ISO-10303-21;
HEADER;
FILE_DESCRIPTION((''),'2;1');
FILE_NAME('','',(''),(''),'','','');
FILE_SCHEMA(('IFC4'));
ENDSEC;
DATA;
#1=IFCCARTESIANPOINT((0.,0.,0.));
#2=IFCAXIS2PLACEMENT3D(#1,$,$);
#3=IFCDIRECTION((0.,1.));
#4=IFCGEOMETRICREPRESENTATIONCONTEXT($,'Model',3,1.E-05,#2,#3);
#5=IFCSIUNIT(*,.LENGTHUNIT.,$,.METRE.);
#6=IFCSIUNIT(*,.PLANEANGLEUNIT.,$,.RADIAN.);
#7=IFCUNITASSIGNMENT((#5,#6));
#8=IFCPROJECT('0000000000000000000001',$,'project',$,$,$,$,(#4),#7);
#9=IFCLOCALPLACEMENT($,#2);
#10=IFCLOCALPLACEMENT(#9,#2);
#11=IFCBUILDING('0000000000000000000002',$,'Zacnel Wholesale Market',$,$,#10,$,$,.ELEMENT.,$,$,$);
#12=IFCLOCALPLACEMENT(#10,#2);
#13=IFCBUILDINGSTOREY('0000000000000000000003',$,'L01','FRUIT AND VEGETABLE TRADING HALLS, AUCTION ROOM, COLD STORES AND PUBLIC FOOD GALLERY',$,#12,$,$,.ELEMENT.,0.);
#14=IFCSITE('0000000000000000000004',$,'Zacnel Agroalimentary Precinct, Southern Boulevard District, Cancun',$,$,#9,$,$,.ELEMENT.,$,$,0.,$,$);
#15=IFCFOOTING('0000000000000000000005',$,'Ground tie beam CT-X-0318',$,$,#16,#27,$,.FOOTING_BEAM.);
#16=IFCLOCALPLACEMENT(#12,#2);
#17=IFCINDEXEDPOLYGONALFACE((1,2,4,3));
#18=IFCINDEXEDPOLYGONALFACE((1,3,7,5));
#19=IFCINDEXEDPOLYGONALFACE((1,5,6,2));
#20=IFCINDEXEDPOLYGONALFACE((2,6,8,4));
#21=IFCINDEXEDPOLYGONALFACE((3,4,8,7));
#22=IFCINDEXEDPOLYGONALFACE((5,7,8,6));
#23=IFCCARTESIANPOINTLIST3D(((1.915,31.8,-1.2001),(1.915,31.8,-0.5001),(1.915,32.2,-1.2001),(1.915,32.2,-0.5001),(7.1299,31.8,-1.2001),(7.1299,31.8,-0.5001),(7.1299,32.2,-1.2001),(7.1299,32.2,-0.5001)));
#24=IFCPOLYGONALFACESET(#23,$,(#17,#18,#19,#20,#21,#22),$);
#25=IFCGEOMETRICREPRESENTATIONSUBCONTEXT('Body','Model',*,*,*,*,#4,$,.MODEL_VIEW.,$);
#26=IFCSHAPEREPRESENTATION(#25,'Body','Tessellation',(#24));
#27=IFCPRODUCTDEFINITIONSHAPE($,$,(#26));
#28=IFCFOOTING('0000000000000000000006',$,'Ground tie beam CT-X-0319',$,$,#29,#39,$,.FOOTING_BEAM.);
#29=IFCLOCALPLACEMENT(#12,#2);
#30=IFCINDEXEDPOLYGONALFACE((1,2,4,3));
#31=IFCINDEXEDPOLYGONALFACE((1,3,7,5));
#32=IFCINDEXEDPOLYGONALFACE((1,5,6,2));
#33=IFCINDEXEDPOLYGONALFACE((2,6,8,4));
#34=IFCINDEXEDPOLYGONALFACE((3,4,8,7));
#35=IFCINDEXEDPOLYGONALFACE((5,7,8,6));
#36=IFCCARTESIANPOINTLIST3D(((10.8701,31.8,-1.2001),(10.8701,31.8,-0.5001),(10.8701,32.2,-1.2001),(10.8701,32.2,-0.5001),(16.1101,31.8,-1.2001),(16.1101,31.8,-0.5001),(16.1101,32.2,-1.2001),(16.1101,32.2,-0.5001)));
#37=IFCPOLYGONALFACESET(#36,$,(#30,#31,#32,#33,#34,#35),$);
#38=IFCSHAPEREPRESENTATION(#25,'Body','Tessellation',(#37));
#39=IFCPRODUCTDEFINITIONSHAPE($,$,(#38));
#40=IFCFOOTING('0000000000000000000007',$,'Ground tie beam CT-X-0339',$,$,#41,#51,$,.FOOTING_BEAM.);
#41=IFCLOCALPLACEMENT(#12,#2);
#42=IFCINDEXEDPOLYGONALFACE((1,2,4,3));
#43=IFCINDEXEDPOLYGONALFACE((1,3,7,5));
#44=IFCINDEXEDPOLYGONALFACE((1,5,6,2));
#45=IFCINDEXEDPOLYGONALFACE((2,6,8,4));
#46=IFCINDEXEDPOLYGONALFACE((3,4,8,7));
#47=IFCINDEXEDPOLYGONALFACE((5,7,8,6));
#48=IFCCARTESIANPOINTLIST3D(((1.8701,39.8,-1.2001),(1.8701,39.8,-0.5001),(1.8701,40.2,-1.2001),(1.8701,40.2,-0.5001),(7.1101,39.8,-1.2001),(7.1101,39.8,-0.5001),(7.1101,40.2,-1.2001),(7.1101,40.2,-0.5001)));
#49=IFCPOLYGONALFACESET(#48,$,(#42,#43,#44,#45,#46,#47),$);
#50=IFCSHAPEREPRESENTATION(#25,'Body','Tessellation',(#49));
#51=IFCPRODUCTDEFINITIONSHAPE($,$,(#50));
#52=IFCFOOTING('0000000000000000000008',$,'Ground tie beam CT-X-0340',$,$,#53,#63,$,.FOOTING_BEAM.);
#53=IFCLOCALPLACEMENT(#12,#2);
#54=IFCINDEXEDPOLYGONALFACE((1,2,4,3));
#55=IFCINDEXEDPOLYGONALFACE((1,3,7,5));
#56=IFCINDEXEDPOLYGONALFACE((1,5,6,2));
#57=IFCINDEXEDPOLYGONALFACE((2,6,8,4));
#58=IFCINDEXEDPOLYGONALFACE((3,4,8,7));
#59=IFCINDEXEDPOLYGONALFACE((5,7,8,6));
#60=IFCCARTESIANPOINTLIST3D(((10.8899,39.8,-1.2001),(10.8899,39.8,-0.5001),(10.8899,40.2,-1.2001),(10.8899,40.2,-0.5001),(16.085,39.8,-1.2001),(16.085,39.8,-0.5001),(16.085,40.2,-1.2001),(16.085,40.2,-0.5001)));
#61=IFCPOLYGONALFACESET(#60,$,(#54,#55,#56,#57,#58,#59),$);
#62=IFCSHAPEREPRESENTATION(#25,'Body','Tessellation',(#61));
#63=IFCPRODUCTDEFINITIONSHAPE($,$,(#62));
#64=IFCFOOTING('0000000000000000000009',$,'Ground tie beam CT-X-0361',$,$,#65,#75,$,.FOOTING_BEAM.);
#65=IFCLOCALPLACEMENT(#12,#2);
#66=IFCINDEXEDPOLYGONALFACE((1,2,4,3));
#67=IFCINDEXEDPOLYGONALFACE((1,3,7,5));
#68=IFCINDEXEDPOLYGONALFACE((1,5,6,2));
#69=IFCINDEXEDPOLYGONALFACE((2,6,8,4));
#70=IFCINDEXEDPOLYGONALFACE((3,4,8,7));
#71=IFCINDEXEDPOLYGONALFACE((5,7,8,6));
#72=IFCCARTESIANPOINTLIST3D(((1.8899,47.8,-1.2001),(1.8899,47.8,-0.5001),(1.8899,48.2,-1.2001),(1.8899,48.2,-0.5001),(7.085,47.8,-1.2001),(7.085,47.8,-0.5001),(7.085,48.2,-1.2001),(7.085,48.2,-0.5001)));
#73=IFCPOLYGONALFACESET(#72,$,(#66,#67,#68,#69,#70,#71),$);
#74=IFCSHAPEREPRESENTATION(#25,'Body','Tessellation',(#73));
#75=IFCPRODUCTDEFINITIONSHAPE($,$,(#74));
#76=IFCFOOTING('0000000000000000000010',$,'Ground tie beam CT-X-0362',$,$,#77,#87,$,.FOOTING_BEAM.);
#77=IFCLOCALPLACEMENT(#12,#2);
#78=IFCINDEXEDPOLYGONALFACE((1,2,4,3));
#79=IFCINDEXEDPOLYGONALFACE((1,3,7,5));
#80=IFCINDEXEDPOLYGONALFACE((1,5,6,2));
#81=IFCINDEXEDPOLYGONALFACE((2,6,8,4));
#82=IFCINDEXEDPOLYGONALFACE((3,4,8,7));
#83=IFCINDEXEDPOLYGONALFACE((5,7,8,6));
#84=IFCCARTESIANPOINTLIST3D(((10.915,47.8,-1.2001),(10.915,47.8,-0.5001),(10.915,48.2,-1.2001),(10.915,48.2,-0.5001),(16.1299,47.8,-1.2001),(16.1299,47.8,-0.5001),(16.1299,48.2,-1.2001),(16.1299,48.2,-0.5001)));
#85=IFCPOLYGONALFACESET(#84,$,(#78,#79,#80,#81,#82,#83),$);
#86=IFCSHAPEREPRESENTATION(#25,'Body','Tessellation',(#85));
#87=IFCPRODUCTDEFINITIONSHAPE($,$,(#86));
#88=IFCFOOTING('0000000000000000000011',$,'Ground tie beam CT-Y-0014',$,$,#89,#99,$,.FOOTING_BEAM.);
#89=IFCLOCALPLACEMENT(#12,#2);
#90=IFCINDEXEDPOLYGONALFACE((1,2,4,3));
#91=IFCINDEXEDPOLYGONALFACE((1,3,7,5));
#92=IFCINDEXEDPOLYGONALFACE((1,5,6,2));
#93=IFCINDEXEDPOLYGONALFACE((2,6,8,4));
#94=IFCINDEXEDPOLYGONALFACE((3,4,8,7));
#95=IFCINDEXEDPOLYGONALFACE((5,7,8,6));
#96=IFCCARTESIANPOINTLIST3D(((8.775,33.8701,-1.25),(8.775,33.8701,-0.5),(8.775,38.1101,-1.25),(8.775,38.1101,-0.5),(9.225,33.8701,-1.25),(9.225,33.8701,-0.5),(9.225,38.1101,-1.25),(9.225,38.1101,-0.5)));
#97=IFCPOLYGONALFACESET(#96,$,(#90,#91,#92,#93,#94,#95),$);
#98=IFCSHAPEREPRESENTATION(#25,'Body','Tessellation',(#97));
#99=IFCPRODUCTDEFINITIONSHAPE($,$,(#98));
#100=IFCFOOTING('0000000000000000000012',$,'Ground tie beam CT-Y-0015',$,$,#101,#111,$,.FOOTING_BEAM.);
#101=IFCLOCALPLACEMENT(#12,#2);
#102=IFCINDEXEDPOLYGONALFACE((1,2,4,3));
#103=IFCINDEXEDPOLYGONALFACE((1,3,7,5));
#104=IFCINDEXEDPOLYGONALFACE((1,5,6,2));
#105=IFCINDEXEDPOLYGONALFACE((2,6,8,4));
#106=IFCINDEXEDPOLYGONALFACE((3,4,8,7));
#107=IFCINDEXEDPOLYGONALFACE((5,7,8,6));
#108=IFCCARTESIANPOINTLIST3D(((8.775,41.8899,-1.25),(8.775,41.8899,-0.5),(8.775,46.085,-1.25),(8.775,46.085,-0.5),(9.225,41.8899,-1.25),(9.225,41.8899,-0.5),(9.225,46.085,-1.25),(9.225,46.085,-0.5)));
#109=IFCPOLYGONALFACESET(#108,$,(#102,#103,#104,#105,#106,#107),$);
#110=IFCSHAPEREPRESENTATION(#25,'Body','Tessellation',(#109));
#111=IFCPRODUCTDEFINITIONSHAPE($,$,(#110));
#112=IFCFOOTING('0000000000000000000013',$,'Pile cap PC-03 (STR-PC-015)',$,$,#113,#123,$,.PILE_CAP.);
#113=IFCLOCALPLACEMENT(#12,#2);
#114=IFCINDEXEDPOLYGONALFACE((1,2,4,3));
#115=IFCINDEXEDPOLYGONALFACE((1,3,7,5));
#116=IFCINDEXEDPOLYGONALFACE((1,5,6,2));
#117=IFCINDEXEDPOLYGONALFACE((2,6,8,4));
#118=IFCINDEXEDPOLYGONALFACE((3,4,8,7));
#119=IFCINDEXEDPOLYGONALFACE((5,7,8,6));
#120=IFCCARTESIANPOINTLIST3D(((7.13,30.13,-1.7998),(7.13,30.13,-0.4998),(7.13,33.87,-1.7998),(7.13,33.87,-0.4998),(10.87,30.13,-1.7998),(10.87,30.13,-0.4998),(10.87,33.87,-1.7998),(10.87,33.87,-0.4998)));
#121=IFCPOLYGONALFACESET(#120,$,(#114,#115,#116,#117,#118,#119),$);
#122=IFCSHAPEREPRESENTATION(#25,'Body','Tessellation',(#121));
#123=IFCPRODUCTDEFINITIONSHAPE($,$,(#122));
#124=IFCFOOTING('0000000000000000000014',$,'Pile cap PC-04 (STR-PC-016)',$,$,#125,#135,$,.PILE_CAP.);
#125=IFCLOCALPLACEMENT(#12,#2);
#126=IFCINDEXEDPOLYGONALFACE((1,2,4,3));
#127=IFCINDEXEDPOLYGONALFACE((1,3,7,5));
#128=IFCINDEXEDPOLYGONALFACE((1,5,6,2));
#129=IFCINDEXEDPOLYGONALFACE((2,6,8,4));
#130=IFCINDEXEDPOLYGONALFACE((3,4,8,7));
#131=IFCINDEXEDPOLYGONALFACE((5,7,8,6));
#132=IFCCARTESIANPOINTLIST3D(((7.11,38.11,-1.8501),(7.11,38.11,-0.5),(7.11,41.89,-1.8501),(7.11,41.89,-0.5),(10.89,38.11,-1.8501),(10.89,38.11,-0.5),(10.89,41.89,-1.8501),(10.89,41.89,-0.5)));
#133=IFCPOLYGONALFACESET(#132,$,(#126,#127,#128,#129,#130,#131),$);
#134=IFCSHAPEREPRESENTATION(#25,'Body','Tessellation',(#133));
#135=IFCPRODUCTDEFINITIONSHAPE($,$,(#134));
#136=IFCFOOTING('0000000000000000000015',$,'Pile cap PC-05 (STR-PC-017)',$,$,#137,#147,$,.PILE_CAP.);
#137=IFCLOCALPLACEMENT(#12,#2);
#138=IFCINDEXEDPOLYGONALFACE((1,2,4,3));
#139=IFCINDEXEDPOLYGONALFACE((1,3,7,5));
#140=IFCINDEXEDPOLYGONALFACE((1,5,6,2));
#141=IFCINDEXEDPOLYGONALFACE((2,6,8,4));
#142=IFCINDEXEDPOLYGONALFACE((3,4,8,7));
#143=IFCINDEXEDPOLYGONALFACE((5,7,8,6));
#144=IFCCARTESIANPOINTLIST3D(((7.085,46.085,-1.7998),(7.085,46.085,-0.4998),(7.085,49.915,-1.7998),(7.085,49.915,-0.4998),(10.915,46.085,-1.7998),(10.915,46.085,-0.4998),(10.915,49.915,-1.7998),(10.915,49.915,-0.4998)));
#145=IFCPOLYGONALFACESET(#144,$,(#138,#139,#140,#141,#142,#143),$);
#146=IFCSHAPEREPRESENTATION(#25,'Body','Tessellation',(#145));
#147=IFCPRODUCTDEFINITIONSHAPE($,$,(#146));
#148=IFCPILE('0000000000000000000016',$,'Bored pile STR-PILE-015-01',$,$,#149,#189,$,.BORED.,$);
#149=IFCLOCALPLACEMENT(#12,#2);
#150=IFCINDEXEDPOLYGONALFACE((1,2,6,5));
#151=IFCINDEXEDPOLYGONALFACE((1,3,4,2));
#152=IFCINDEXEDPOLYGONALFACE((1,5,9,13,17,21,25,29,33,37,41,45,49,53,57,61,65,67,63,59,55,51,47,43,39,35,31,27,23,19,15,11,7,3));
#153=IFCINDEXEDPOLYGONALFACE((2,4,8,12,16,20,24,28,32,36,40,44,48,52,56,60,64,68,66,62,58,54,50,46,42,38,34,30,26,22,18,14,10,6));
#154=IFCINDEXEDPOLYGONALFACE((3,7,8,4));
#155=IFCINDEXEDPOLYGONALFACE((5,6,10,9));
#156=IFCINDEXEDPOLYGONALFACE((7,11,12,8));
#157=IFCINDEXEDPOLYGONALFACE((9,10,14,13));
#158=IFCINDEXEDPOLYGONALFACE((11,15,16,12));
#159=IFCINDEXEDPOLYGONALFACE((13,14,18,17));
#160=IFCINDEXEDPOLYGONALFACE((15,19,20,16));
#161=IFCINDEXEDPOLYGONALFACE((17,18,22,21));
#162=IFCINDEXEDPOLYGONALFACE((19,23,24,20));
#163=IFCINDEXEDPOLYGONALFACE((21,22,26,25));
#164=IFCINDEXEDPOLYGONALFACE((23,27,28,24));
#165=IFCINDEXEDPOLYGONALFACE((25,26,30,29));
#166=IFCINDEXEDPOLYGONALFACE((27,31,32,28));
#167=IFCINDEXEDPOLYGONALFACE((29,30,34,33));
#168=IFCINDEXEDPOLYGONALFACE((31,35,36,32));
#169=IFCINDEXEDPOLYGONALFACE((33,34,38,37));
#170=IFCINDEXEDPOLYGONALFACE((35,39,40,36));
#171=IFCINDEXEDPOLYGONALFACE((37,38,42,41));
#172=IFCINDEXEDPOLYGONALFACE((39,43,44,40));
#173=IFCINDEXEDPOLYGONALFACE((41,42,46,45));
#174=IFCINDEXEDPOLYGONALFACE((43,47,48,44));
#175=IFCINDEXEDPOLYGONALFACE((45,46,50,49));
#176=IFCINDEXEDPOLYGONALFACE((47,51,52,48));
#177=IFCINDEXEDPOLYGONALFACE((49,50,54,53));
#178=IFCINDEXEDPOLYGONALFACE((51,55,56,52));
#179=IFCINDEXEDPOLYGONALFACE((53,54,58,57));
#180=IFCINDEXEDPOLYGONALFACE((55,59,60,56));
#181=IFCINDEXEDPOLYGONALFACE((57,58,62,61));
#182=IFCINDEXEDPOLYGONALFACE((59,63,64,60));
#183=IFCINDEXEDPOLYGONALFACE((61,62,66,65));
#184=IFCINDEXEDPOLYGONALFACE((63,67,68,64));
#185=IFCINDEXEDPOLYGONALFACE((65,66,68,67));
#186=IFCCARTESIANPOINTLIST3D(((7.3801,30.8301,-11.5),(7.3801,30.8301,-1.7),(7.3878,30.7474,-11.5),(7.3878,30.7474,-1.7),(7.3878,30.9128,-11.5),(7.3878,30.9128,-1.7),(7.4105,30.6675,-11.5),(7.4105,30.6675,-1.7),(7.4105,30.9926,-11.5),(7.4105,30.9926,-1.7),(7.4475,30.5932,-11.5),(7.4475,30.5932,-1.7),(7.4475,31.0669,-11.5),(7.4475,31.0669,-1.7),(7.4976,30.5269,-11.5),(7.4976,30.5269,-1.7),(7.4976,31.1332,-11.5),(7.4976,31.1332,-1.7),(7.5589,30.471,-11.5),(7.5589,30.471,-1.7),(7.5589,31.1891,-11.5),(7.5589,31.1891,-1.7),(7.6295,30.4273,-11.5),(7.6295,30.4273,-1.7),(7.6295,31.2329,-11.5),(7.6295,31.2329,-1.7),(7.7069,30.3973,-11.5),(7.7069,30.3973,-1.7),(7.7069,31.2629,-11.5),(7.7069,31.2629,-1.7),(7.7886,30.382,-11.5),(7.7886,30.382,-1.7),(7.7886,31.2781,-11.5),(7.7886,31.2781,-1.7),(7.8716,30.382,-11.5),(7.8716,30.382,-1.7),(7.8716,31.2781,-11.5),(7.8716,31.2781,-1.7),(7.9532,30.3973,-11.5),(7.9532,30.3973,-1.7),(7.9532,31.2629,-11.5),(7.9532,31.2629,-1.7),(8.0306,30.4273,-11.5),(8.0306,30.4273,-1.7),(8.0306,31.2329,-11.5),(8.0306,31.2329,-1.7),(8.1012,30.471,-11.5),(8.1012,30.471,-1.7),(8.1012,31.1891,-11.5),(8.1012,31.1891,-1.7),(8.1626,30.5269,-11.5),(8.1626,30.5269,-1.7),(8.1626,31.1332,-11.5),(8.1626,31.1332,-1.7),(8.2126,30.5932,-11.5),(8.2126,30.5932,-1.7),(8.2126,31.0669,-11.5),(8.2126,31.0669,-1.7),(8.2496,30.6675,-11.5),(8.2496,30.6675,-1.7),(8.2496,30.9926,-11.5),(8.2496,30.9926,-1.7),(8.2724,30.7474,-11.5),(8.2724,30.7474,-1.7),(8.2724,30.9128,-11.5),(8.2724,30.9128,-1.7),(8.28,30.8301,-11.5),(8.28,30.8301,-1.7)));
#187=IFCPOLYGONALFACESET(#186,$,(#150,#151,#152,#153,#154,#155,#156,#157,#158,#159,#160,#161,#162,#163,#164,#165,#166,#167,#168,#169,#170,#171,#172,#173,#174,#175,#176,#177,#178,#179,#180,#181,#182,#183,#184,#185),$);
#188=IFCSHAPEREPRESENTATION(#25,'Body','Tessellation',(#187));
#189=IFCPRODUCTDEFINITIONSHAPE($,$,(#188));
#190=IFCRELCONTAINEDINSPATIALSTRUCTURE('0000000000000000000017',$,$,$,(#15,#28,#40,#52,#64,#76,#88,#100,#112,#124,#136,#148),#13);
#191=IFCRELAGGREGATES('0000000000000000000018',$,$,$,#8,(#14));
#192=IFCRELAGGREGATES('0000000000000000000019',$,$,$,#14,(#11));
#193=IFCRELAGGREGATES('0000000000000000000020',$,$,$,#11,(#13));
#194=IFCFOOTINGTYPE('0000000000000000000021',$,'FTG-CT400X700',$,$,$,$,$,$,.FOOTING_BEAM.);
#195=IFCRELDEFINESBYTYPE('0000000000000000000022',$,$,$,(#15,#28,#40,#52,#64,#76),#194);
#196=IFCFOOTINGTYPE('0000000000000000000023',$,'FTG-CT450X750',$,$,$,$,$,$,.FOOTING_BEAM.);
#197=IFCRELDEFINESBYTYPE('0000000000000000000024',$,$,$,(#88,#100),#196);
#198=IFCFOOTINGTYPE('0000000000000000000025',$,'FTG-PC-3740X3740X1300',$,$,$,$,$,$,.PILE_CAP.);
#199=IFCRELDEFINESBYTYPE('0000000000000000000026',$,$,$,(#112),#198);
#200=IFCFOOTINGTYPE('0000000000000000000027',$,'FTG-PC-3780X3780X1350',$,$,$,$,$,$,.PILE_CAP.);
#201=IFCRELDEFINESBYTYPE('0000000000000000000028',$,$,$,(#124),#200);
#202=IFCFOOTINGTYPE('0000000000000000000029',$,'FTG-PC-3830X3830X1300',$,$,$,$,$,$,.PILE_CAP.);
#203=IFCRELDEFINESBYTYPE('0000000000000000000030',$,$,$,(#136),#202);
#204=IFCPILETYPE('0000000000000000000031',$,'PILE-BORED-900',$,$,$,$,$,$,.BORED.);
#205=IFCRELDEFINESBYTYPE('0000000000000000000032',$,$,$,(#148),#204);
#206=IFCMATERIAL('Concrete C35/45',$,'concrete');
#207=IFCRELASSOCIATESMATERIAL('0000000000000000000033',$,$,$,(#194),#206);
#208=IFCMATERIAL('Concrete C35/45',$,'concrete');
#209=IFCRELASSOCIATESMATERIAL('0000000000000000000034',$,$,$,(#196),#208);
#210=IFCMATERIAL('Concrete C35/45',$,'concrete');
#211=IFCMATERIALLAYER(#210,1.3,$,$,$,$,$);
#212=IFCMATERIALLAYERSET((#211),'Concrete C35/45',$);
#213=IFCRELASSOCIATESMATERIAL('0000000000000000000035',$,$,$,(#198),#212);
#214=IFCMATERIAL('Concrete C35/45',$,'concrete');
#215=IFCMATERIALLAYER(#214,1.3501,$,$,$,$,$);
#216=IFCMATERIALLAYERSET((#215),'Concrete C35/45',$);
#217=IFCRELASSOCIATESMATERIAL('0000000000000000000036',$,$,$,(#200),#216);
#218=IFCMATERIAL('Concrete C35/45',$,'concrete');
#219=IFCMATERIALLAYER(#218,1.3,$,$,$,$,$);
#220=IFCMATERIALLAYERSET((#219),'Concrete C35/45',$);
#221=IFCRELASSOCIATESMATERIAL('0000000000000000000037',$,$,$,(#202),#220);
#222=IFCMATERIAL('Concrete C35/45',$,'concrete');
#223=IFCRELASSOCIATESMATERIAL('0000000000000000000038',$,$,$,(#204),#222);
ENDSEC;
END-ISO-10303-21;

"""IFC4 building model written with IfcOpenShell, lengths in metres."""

from ifc_helpers import new_model, si_unit, direction, frame, origin, origin_2d, place, context, subcontext, project, spatial, rectangle, circle, extrude, material, layer, layer_set, material_profile, profile_set, type_object, element, save


model = new_model("IFC4")

# Units and contexts
model_context = context("Model", 3, precision=1e-05, world=origin(), true_north=direction((0.0, 1.0)))
body_context = subcontext(model_context, "Body", "Model", "MODEL_VIEW")
ifc_project = project(units=[si_unit("LENGTHUNIT", "METRE"), si_unit("PLANEANGLEUNIT", "RADIAN")], contexts=[model_context])

# Site, building, storey
site_placement = place(None, origin())
site = spatial("IfcSite", under=ifc_project, at=site_placement, Name="Zacnel Agroalimentary Precinct, Southern Boulevard District, Cancun", CompositionType="ELEMENT", RefElevation=0.0)
building_placement = place(site_placement, origin())
building = spatial("IfcBuilding", under=site, at=building_placement, Name="Zacnel Wholesale Market", CompositionType="ELEMENT")
storey_placement = place(building_placement, origin())
storey = spatial("IfcBuildingStorey", under=building, at=storey_placement, Name="L01", Description="FRUIT AND VEGETABLE TRADING HALLS, AUCTION ROOM, COLD STORES AND PUBLIC FOOD GALLERY", CompositionType="ELEMENT", Elevation=0.0)

# Footings
ifc_material_1 = material(Name="Concrete C35/45", Category="concrete")
ifc_material_profile_1 = material_profile(ifc_material_1, rectangle(XDim=0.3999, YDim=0.7, at=origin_2d()), Name="CT 400x700")
ifc_profile_set_1 = profile_set([ifc_material_profile_1], Name="Concrete C35/45")
footing_type_1 = type_object("IfcFootingType", Name="FTG-CT400X700", PredefinedType="FOOTING_BEAM", material=ifc_profile_set_1)
footing_1_placement = place(storey_placement, frame((1.915, 32.0, -0.8501), z_axis=(1.0, 0.0, 0.0), x_axis=(0.0, 1.0, 0.0)))
element("IfcFooting", 1, at=footing_1_placement, inside=storey, type_object=footing_type_1, Name="Ground tie beam CT-X-0318", PredefinedType="FOOTING_BEAM", context=body_context, shape_type="SweptSolid", body=[
    extrude(rectangle(XDim=0.3999, YDim=0.7, at=origin_2d()), origin(), (0.0, 0.0, 1.0), 5.2148),
])
for number, where, z_axis, x_axis, name in (
    (2, (10.8701, 32.0, -0.8501), (1.0, 0.0, 0.0), (0.0, 1.0, 0.0), "Ground tie beam CT-X-0319"),
    (3, (1.8701, 40.0, -0.8501), (1.0, 0.0, 0.0), (0.0, 1.0, 0.0), "Ground tie beam CT-X-0339"),
):
    element("IfcFooting", number, at=place(storey_placement, frame(where, z_axis=z_axis, x_axis=x_axis)), inside=storey, type_object=footing_type_1, Name=name, PredefinedType="FOOTING_BEAM", context=body_context, shape_type="SweptSolid", body=[
        extrude(rectangle(XDim=0.3999, YDim=0.7, at=origin_2d()), origin(), (0.0, 0.0, 1.0), 5.24),
    ])
for number, where, z_axis, x_axis, name in (
    (4, (10.8899, 40.0, -0.8501), (1.0, 0.0, 0.0), (0.0, 1.0, 0.0), "Ground tie beam CT-X-0340"),
    (5, (1.8899, 48.0, -0.8501), (1.0, 0.0, 0.0), (0.0, 1.0, 0.0), "Ground tie beam CT-X-0361"),
):
    element("IfcFooting", number, at=place(storey_placement, frame(where, z_axis=z_axis, x_axis=x_axis)), inside=storey, type_object=footing_type_1, Name=name, PredefinedType="FOOTING_BEAM", context=body_context, shape_type="SweptSolid", body=[
        extrude(rectangle(XDim=0.3999, YDim=0.7, at=origin_2d()), origin(), (0.0, 0.0, 1.0), 5.1951),
    ])
footing_2_placement = place(storey_placement, frame((10.915, 48.0, -0.8501), z_axis=(1.0, 0.0, 0.0), x_axis=(0.0, 1.0, 0.0)))
element("IfcFooting", 6, at=footing_2_placement, inside=storey, type_object=footing_type_1, Name="Ground tie beam CT-X-0362", PredefinedType="FOOTING_BEAM", context=body_context, shape_type="SweptSolid", body=[
    extrude(rectangle(XDim=0.3999, YDim=0.7, at=origin_2d()), origin(), (0.0, 0.0, 1.0), 5.2148),
])
ifc_material_2 = material(Name="Concrete C35/45", Category="concrete")
ifc_material_profile_2 = material_profile(ifc_material_2, rectangle(XDim=0.45, YDim=0.75, at=origin_2d()), Name="CT 450x750")
ifc_profile_set_2 = profile_set([ifc_material_profile_2], Name="Concrete C35/45")
footing_type_2 = type_object("IfcFootingType", Name="FTG-CT450X750", PredefinedType="FOOTING_BEAM", material=ifc_profile_set_2)
footing_3_placement = place(storey_placement, frame((9.0, 33.8701, -0.875), z_axis=(0.0, 1.0, 0.0), x_axis=(-1.0, 0.0, 0.0)))
element("IfcFooting", 7, at=footing_3_placement, inside=storey, type_object=footing_type_2, Name="Ground tie beam CT-Y-0014", PredefinedType="FOOTING_BEAM", context=body_context, shape_type="SweptSolid", body=[
    extrude(rectangle(XDim=0.45, YDim=0.75, at=origin_2d()), origin(), (0.0, 0.0, 1.0), 4.24),
])
footing_4_placement = place(storey_placement, frame((9.0, 41.8899, -0.875), z_axis=(0.0, 1.0, 0.0), x_axis=(-1.0, 0.0, 0.0)))
element("IfcFooting", 8, at=footing_4_placement, inside=storey, type_object=footing_type_2, Name="Ground tie beam CT-Y-0015", PredefinedType="FOOTING_BEAM", context=body_context, shape_type="SweptSolid", body=[
    extrude(rectangle(XDim=0.45, YDim=0.75, at=origin_2d()), origin(), (0.0, 0.0, 1.0), 4.1951),
])
ifc_material_3 = material(Name="Concrete C35/45", Category="concrete")
ifc_layer_1 = layer(ifc_material_3, 1.3)
ifc_layer_set_1 = layer_set([ifc_layer_1], Name="Concrete C35/45")
footing_type_3 = type_object("IfcFootingType", Name="FTG-PC-3740X3740X1300", PredefinedType="PILE_CAP", material=ifc_layer_set_1)
footing_5_placement = place(storey_placement, frame((9.0, 32.0, -1.7998), z_axis=(0.0, 0.0, 1.0), x_axis=(1.0, 0.0, 0.0)))
element("IfcFooting", 9, at=footing_5_placement, inside=storey, type_object=footing_type_3, Name="Pile cap PC-03 (STR-PC-015)", PredefinedType="PILE_CAP", context=body_context, shape_type="SweptSolid", body=[
    extrude(rectangle(XDim=3.74, YDim=3.74, at=origin_2d()), origin(), (0.0, 0.0, 1.0), 1.3),
])
ifc_material_4 = material(Name="Concrete C35/45", Category="concrete")
ifc_layer_2 = layer(ifc_material_4, 1.3501)
ifc_layer_set_2 = layer_set([ifc_layer_2], Name="Concrete C35/45")
footing_type_4 = type_object("IfcFootingType", Name="FTG-PC-3780X3780X1350", PredefinedType="PILE_CAP", material=ifc_layer_set_2)
footing_6_placement = place(storey_placement, frame((9.0, 40.0, -1.8501), z_axis=(0.0, 0.0, 1.0), x_axis=(1.0, 0.0, 0.0)))
element("IfcFooting", 10, at=footing_6_placement, inside=storey, type_object=footing_type_4, Name="Pile cap PC-04 (STR-PC-016)", PredefinedType="PILE_CAP", context=body_context, shape_type="SweptSolid", body=[
    extrude(rectangle(XDim=3.78, YDim=3.78, at=origin_2d()), origin(), (0.0, 0.0, 1.0), 1.3501),
])
ifc_material_5 = material(Name="Concrete C35/45", Category="concrete")
ifc_layer_3 = layer(ifc_material_5, 1.3)
ifc_layer_set_3 = layer_set([ifc_layer_3], Name="Concrete C35/45")
footing_type_5 = type_object("IfcFootingType", Name="FTG-PC-3830X3830X1300", PredefinedType="PILE_CAP", material=ifc_layer_set_3)
footing_7_placement = place(storey_placement, frame((9.0, 48.0, -1.7998), z_axis=(0.0, 0.0, 1.0), x_axis=(1.0, 0.0, 0.0)))
element("IfcFooting", 11, at=footing_7_placement, inside=storey, type_object=footing_type_5, Name="Pile cap PC-05 (STR-PC-017)", PredefinedType="PILE_CAP", context=body_context, shape_type="SweptSolid", body=[
    extrude(rectangle(XDim=3.8301, YDim=3.8301, at=origin_2d()), origin(), (0.0, 0.0, 1.0), 1.3),
])

# Pile
ifc_material_6 = material(Name="Concrete C35/45", Category="concrete")
ifc_material_profile_3 = material_profile(ifc_material_6, circle(Radius=0.45, at=origin_2d()), Name="BORED PILE D900")
ifc_profile_set_3 = profile_set([ifc_material_profile_3], Name="Concrete C35/45")
pile_type = type_object("IfcPileType", Name="PILE-BORED-900", PredefinedType="BORED", material=ifc_profile_set_3)
for number, where, z_axis, x_axis, name in (
    (12, (7.8301, 30.8301, -1.7), (0.0, 0.0, -1.0), (1.0, 0.0, 0.0), "Bored pile STR-PILE-015-01"),
):
    element("IfcPile", number, at=place(storey_placement, frame(where, z_axis=z_axis, x_axis=x_axis)), inside=storey, type_object=pile_type, Name=name, PredefinedType="BORED", context=body_context, shape_type="SweptSolid", body=[
        extrude(circle(Radius=0.45, at=origin_2d()), origin(), (0.0, 0.0, 1.0), 9.8),
    ])

save(model, "model.ifc")
